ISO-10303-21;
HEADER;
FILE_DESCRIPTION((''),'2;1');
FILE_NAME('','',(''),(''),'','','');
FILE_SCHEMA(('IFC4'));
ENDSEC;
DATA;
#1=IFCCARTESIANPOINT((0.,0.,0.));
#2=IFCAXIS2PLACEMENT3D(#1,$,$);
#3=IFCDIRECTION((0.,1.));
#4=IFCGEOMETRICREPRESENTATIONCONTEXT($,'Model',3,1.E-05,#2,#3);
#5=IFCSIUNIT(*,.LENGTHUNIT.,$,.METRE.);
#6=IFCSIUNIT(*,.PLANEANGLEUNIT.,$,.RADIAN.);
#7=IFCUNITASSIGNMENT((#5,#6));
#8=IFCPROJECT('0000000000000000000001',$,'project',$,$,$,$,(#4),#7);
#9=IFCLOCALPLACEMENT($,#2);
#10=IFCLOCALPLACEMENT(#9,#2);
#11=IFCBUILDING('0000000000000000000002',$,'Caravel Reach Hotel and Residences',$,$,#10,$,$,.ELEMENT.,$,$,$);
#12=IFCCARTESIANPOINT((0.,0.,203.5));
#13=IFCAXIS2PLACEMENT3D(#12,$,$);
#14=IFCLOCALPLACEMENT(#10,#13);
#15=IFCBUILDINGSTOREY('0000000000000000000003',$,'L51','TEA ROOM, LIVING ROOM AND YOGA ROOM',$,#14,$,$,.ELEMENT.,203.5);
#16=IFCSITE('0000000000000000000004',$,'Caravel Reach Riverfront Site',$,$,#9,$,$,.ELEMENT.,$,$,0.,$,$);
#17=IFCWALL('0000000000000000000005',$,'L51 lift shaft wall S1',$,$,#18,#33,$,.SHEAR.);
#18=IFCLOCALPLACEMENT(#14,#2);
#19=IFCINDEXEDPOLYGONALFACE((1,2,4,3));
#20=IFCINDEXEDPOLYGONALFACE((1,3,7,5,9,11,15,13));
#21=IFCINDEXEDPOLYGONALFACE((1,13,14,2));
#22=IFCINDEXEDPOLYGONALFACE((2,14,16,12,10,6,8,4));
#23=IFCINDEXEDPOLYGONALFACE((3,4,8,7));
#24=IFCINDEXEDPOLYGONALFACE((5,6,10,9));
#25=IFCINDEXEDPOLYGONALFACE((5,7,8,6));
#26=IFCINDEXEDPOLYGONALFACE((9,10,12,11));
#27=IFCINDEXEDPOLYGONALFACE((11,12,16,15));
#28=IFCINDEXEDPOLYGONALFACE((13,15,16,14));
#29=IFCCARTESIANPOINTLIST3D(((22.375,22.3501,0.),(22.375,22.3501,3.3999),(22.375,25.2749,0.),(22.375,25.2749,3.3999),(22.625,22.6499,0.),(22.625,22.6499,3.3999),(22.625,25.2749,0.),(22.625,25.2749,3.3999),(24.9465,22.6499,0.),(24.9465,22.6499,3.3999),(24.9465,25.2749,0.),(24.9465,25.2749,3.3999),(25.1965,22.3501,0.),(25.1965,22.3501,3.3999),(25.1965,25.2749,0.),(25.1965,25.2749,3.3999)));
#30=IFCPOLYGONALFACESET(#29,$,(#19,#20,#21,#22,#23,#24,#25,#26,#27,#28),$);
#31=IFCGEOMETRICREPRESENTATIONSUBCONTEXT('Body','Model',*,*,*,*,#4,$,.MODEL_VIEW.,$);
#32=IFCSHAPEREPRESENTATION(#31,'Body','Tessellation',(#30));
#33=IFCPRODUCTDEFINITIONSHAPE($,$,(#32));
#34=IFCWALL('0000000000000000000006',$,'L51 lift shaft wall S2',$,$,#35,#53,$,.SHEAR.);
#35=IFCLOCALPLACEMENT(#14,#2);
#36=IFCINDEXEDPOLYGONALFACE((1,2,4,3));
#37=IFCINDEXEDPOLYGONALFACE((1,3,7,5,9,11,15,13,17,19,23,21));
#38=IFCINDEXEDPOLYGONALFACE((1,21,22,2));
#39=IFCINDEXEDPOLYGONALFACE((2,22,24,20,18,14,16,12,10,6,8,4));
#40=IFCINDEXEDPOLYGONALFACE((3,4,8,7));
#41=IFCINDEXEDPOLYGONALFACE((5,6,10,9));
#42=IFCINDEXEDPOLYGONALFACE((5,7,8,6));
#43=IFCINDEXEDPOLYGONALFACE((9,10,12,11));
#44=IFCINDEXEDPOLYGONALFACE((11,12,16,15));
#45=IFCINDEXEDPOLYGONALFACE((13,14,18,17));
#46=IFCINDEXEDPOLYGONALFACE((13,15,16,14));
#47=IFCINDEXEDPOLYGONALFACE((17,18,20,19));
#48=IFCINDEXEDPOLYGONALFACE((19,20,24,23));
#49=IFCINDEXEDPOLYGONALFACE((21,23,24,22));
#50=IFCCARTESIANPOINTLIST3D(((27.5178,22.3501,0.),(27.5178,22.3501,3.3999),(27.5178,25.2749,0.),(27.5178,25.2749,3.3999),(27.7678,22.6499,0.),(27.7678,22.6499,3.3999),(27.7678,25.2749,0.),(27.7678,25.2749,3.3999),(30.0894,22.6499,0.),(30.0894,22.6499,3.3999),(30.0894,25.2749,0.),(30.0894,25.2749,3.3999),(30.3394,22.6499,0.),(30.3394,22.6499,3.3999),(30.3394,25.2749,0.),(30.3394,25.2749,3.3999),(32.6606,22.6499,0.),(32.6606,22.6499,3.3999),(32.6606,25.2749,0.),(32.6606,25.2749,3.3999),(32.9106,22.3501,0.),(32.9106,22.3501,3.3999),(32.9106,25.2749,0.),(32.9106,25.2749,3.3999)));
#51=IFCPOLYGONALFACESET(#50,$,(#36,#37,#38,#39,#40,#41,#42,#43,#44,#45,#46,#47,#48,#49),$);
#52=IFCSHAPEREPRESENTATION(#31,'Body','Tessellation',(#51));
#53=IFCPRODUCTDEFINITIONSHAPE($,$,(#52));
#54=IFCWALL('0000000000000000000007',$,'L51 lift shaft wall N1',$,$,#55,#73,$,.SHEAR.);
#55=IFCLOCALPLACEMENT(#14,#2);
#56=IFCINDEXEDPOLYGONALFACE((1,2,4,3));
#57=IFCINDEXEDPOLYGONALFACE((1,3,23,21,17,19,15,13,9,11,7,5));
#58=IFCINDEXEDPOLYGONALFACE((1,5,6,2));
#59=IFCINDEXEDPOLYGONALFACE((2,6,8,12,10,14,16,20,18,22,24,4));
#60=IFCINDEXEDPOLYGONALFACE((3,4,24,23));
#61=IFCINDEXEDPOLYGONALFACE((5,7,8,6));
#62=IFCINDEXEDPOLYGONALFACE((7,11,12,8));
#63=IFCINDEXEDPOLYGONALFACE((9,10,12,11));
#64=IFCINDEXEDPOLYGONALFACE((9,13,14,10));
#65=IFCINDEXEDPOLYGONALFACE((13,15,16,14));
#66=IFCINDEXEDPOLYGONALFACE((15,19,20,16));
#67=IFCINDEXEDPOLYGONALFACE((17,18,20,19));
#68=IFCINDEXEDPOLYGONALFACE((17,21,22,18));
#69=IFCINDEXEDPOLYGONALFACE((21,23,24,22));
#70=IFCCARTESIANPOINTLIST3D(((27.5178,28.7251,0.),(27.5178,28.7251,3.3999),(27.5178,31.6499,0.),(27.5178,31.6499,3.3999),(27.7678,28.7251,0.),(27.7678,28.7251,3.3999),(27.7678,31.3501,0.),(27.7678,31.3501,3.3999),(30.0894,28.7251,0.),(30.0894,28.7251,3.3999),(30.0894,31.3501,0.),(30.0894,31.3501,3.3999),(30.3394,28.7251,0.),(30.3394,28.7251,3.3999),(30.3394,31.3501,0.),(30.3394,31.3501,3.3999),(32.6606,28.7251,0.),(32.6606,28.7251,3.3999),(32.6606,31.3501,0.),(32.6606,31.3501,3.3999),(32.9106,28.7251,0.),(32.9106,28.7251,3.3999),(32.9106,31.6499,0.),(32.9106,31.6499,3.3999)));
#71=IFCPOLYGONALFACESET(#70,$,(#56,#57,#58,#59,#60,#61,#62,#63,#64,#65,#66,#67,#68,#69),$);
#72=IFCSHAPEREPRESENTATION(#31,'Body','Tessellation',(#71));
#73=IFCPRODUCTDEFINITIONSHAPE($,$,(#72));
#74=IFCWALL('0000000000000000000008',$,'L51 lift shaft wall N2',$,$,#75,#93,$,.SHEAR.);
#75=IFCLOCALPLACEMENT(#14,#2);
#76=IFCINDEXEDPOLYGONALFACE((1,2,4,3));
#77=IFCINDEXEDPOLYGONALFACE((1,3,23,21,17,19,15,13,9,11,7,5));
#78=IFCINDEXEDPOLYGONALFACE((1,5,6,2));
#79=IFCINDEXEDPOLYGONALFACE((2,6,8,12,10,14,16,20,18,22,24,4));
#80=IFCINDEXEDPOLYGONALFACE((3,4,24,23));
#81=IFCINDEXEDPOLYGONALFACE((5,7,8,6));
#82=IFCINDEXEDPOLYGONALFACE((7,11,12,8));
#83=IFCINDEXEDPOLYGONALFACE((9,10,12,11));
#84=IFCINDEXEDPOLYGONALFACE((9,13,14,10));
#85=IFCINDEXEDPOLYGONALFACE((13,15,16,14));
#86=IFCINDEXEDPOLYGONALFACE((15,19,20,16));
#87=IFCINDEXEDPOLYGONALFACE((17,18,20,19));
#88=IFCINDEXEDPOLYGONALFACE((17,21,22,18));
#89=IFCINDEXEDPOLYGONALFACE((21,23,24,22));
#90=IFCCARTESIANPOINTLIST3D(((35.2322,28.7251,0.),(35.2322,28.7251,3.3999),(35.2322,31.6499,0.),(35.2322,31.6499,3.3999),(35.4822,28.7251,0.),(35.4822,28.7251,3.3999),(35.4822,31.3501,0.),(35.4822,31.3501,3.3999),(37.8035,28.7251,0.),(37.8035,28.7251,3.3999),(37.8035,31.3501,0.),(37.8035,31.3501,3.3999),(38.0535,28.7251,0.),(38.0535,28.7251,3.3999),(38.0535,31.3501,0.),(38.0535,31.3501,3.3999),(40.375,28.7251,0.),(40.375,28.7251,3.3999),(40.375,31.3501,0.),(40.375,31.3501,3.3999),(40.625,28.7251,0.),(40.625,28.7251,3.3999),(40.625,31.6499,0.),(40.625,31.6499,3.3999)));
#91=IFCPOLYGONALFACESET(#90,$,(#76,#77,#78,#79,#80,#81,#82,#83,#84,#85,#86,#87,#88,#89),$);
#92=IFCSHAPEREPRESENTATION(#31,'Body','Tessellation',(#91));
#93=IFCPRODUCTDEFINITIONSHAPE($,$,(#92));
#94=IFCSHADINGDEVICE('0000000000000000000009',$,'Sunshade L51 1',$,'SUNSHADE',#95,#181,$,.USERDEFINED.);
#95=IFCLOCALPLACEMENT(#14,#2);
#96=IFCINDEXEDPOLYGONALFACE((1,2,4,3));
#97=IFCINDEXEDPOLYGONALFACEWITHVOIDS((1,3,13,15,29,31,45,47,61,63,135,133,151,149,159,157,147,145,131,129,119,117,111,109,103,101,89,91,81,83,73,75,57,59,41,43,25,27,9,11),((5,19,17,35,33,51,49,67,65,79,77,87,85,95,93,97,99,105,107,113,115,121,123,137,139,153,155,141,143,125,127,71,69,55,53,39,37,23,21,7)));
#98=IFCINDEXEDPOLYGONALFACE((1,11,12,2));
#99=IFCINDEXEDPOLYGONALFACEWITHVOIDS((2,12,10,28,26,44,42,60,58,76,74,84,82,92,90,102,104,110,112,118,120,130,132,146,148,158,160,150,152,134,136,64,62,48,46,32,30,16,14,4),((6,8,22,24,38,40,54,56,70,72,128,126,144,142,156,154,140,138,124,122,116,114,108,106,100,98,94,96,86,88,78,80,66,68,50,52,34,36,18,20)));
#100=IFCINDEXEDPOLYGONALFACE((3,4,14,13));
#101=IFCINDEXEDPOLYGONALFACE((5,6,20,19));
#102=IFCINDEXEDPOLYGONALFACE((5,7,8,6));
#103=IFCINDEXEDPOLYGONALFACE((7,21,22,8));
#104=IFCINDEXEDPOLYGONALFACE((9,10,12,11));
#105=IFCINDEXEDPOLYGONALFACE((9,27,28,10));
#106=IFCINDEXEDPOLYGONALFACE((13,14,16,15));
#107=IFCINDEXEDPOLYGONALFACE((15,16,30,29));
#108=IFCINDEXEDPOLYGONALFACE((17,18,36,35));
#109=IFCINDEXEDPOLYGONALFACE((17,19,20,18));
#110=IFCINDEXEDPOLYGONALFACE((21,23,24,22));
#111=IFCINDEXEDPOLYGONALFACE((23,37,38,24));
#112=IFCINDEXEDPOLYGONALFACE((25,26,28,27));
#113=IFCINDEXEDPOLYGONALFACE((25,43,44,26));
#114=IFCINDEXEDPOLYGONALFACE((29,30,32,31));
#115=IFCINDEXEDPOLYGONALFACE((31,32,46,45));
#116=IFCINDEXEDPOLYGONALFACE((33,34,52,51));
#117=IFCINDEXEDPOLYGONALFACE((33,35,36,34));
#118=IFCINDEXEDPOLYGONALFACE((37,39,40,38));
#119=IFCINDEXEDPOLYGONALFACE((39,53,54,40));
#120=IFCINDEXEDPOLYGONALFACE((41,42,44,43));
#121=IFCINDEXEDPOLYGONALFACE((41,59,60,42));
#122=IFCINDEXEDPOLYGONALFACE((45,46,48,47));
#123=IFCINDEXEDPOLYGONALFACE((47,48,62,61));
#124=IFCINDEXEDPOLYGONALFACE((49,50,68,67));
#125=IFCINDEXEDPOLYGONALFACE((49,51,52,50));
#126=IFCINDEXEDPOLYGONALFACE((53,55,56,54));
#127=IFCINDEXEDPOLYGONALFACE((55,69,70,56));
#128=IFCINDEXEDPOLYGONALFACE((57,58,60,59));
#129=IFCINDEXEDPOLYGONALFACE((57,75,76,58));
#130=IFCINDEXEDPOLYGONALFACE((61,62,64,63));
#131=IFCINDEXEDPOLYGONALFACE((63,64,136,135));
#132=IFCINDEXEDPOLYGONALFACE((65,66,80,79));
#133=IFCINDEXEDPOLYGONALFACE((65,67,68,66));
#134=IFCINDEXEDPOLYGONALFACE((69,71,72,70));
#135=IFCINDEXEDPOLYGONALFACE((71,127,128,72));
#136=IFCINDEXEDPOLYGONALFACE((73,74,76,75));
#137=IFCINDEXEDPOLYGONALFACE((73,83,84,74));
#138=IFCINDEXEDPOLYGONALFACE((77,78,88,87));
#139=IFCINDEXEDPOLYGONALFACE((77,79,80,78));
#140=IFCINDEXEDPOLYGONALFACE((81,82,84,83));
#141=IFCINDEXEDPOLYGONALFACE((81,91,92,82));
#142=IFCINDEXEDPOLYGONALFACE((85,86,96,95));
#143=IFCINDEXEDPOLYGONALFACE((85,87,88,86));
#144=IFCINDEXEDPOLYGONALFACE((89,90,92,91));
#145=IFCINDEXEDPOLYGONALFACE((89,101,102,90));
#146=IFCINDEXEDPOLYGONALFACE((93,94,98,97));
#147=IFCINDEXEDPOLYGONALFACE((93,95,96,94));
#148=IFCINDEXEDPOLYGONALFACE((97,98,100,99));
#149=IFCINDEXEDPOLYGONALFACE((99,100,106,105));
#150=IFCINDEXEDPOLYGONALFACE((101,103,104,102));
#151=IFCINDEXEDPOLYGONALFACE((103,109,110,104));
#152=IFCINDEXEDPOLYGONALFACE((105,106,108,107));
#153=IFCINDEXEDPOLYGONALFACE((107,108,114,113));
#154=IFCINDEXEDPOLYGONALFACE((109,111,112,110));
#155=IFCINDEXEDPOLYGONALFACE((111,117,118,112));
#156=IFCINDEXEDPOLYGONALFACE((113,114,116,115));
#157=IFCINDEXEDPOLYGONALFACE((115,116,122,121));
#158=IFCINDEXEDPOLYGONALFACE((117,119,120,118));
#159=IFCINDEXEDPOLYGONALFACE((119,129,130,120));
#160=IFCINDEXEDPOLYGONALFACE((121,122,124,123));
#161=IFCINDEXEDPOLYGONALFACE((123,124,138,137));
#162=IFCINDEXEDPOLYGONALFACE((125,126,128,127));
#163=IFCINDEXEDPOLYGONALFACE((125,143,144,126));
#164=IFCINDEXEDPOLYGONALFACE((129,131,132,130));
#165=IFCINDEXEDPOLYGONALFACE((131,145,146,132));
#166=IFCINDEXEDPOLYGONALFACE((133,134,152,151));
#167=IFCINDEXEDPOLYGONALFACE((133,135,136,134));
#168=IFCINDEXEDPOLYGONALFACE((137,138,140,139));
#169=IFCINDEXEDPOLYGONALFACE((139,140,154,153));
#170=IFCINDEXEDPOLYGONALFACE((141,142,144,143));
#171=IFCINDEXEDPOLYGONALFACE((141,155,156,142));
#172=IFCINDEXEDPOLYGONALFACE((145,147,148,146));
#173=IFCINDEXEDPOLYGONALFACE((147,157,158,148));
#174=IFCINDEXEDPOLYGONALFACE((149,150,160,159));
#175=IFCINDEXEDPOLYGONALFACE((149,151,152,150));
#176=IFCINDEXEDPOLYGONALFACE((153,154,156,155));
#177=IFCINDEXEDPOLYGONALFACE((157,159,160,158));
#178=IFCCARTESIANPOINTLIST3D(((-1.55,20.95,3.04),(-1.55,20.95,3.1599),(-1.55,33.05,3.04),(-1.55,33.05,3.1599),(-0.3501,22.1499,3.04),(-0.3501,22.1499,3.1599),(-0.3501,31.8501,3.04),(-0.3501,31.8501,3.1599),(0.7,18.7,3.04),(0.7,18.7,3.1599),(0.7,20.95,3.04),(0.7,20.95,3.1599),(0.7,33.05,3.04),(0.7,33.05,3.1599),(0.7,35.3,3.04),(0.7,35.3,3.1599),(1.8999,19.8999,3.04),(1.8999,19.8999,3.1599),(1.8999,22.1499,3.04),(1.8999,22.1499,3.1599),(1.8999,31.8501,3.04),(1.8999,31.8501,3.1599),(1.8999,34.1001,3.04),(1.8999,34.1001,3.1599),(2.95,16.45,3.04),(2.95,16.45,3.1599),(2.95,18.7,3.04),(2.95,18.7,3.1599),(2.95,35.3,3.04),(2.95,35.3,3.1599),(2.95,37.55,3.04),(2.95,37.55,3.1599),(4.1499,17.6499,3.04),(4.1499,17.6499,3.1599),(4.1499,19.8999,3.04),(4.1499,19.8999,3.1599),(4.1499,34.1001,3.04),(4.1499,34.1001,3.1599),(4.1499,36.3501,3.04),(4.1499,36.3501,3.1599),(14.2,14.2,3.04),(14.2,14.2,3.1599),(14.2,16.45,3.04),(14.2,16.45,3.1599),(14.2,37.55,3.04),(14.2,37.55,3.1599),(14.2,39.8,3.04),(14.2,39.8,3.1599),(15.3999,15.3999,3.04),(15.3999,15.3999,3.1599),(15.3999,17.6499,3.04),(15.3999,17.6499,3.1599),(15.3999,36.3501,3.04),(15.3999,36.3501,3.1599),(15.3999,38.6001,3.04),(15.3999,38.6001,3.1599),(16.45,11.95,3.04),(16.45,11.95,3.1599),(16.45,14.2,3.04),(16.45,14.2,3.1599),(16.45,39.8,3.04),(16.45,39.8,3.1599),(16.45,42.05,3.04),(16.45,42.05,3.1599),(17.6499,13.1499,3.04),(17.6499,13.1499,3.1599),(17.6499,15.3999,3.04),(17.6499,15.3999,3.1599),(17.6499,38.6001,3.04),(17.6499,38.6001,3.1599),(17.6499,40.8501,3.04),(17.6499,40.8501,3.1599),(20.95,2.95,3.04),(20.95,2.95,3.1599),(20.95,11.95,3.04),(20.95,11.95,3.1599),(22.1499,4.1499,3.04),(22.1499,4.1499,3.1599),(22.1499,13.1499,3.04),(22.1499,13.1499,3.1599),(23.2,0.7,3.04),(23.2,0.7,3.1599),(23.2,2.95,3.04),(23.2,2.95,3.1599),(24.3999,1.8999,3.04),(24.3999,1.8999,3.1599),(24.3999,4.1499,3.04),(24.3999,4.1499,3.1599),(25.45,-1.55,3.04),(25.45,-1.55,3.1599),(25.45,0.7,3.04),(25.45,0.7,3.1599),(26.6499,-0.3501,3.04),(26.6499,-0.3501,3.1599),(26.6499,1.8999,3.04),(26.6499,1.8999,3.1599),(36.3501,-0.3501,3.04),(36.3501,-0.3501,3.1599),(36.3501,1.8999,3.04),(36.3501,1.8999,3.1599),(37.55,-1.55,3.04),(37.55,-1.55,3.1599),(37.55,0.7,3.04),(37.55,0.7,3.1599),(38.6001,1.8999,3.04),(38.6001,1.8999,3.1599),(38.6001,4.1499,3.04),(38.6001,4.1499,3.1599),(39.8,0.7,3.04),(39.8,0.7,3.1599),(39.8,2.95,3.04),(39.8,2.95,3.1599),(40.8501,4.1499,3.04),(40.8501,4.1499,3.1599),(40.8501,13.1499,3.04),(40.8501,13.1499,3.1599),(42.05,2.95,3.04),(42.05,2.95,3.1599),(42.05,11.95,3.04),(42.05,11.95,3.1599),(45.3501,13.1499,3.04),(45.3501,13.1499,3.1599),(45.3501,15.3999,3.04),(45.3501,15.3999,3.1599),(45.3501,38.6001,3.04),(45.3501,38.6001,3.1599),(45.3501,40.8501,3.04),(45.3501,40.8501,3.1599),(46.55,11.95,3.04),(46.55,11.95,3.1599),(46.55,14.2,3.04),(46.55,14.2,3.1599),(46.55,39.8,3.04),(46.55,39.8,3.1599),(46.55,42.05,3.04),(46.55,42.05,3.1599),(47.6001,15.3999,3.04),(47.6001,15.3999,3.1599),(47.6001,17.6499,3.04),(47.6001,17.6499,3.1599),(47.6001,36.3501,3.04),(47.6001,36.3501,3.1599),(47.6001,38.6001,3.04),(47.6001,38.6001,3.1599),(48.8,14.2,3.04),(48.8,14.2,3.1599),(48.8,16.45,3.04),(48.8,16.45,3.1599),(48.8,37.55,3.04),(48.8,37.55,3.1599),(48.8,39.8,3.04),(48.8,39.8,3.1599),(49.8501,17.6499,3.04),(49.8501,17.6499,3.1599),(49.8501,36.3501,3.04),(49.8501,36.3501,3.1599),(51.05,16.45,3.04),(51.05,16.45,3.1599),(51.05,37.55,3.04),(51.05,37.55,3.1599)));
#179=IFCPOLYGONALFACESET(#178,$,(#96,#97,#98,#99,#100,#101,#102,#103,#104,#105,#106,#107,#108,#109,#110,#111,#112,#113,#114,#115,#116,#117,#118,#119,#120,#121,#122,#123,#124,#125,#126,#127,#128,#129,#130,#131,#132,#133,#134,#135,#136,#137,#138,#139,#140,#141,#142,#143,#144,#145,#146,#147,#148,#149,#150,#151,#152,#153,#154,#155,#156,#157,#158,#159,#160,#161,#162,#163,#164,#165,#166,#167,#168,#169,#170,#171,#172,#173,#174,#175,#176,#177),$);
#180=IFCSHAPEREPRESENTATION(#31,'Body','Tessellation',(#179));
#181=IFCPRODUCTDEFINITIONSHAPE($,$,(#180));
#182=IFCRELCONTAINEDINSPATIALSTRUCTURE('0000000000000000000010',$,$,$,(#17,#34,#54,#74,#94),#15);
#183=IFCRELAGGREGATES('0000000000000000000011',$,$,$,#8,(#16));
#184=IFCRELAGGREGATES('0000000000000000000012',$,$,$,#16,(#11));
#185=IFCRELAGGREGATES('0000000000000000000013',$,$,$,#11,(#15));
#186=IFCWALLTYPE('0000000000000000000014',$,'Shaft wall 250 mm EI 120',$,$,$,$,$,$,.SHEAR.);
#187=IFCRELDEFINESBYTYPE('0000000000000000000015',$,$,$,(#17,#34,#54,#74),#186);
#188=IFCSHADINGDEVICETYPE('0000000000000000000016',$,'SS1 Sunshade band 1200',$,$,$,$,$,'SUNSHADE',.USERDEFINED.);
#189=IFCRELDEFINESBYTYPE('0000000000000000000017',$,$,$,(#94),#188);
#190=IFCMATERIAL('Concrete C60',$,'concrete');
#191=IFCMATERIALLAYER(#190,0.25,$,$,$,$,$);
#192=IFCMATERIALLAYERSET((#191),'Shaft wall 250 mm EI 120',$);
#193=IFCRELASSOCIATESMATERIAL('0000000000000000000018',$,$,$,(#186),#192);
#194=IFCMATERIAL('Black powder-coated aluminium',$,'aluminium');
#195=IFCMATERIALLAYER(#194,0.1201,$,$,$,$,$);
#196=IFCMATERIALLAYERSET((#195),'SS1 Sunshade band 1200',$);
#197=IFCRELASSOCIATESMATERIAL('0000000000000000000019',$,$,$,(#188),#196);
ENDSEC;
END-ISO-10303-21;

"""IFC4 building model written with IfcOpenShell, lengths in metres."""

from ifc_helpers import new_model, si_unit, direction, frame, origin, place, context, subcontext, project, spatial, polyline, outline, extrude, material, layer, layer_set, type_object, element, save


model = new_model("IFC4")

# Units and contexts
model_context = context("Model", 3, precision=1e-05, world=origin(), true_north=direction((0.0, 1.0)))
body_context = subcontext(model_context, "Body", "Model", "MODEL_VIEW")
ifc_project = project(units=[si_unit("LENGTHUNIT", "METRE"), si_unit("PLANEANGLEUNIT", "RADIAN")], contexts=[model_context])

# Site, building, storey
site_placement = place(None, origin())
site = spatial("IfcSite", under=ifc_project, at=site_placement, Name="Caravel Reach Riverfront Site", CompositionType="ELEMENT", RefElevation=0.0)
building_placement = place(site_placement, origin())
building = spatial("IfcBuilding", under=site, at=building_placement, Name="Caravel Reach Hotel and Residences", CompositionType="ELEMENT")
storey_placement = place(building_placement, frame((0.0, 0.0, 203.5)))
storey = spatial("IfcBuildingStorey", under=building, at=storey_placement, Name="L51", Description="TEA ROOM, LIVING ROOM AND YOGA ROOM", CompositionType="ELEMENT", Elevation=203.5)

# Walls
ifc_material_1 = material(Name="Concrete C60", Category="concrete")
ifc_layer_1 = layer(ifc_material_1, 0.25)
ifc_layer_set_1 = layer_set([ifc_layer_1], Name="Shaft wall 250 mm EI 120")
wall_type_1 = type_object("IfcWallType", Name="Shaft wall 250 mm EI 120", PredefinedType="SHEAR", material=ifc_layer_set_1)
wall_1_placement = place(storey_placement, origin())
element("IfcWall", 1, at=wall_1_placement, inside=storey, type_object=wall_type_1, Name="L51 lift shaft wall S1", PredefinedType="SHEAR", context=body_context, shape_type="SweptSolid", body=[
    extrude(outline(polyline([(22.375, 22.3501), (25.1965, 22.3501), (25.1965, 25.2749), (24.9465, 25.2749), (24.9465, 22.6499), (22.625, 22.6499), (22.625, 25.2749), (22.375, 25.2749), (22.375, 22.3501)])), origin(), (0.0, 0.0, 1.0), 3.3999),
])
wall_2_placement = place(storey_placement, origin())
element("IfcWall", 2, at=wall_2_placement, inside=storey, type_object=wall_type_1, Name="L51 lift shaft wall S2", PredefinedType="SHEAR", context=body_context, shape_type="SweptSolid", body=[
    extrude(outline(polyline([(27.5178, 22.3501), (32.9106, 22.3501), (32.9106, 25.2749), (32.6606, 25.2749), (32.6606, 22.6499), (30.3394, 22.6499), (30.3394, 25.2749), (30.0894, 25.2749), (30.0894, 22.6499), (27.7678, 22.6499), (27.7678, 25.2749), (27.5178, 25.2749), (27.5178, 22.3501)])), origin(), (0.0, 0.0, 1.0), 3.3999),
])
wall_3_placement = place(storey_placement, origin())
element("IfcWall", 3, at=wall_3_placement, inside=storey, type_object=wall_type_1, Name="L51 lift shaft wall N1", PredefinedType="SHEAR", context=body_context, shape_type="SweptSolid", body=[
    extrude(outline(polyline([(27.5178, 28.7251), (27.7678, 28.7251), (27.7678, 31.3501), (30.0894, 31.3501), (30.0894, 28.7251), (30.3394, 28.7251), (30.3394, 31.3501), (32.6606, 31.3501), (32.6606, 28.7251), (32.9106, 28.7251), (32.9106, 31.6499), (27.5178, 31.6499), (27.5178, 28.7251)])), origin(), (0.0, 0.0, 1.0), 3.3999),
])
wall_4_placement = place(storey_placement, origin())
element("IfcWall", 4, at=wall_4_placement, inside=storey, type_object=wall_type_1, Name="L51 lift shaft wall N2", PredefinedType="SHEAR", context=body_context, shape_type="SweptSolid", body=[
    extrude(outline(polyline([(35.2322, 28.7251), (35.4822, 28.7251), (35.4822, 31.3501), (37.8035, 31.3501), (37.8035, 28.7251), (38.0535, 28.7251), (38.0535, 31.3501), (40.375, 31.3501), (40.375, 28.7251), (40.625, 28.7251), (40.625, 31.6499), (35.2322, 31.6499), (35.2322, 28.7251)])), origin(), (0.0, 0.0, 1.0), 3.3999),
])

# Shading device
ifc_material_2 = material(Name="Black powder-coated aluminium", Category="aluminium")
ifc_layer_2 = layer(ifc_material_2, 0.1201)
ifc_layer_set_2 = layer_set([ifc_layer_2], Name="SS1 Sunshade band 1200")
shading_device_type = type_object("IfcShadingDeviceType", Name="SS1 Sunshade band 1200", ElementType="SUNSHADE", PredefinedType="USERDEFINED", material=ifc_layer_set_2)
shading_device_placement = place(storey_placement, frame((0.0, 0.0, 3.04)))
element("IfcShadingDevice", 5, at=shading_device_placement, inside=storey, type_object=shading_device_type, Name="Sunshade L51 1", ObjectType="SUNSHADE", PredefinedType="USERDEFINED", context=body_context, shape_type="SweptSolid", body=[
    extrude(outline(polyline([(42.05, 2.95), (42.05, 11.95), (46.55, 11.95), (46.55, 14.2), (48.8, 14.2), (48.8, 16.45), (51.05, 16.45), (51.05, 37.55), (48.8, 37.55), (48.8, 39.8), (46.55, 39.8), (46.55, 42.05), (16.45, 42.05), (16.45, 39.8), (14.2, 39.8), (14.2, 37.55), (2.95, 37.55), (2.95, 35.3), (0.7, 35.3), (0.7, 33.05), (-1.55, 33.05), (-1.55, 20.95), (0.7, 20.95), (0.7, 18.7), (2.95, 18.7), (2.95, 16.45), (14.2, 16.45), (14.2, 14.2), (16.45, 14.2), (16.45, 11.95), (20.95, 11.95), (20.95, 2.95), (23.2, 2.95), (23.2, 0.7), (25.45, 0.7), (25.45, -1.55), (37.55, -1.55), (37.55, 0.7), (39.8, 0.7), (39.8, 2.95), (42.05, 2.95)]), holes=[polyline([(45.3501, 13.1499), (40.8501, 13.1499), (40.8501, 4.1499), (38.6001, 4.1499), (38.6001, 1.8999), (36.3501, 1.8999), (36.3501, -0.3501), (26.6499, -0.3501), (26.6499, 1.8999), (24.3999, 1.8999), (24.3999, 4.1499), (22.1499, 4.1499), (22.1499, 13.1499), (17.6499, 13.1499), (17.6499, 15.3999), (15.3999, 15.3999), (15.3999, 17.6499), (4.1499, 17.6499), (4.1499, 19.8999), (1.8999, 19.8999), (1.8999, 22.1499), (-0.3501, 22.1499), (-0.3501, 31.8501), (1.8999, 31.8501), (1.8999, 34.1001), (4.1499, 34.1001), (4.1499, 36.3501), (15.3999, 36.3501), (15.3999, 38.6001), (17.6499, 38.6001), (17.6499, 40.8501), (45.3501, 40.8501), (45.3501, 38.6001), (47.6001, 38.6001), (47.6001, 36.3501), (49.8501, 36.3501), (49.8501, 17.6499), (47.6001, 17.6499), (47.6001, 15.3999), (45.3501, 15.3999), (45.3501, 13.1499)])]), origin(), (0.0, 0.0, 1.0), 0.1199),
])

save(model, "model.ifc")
